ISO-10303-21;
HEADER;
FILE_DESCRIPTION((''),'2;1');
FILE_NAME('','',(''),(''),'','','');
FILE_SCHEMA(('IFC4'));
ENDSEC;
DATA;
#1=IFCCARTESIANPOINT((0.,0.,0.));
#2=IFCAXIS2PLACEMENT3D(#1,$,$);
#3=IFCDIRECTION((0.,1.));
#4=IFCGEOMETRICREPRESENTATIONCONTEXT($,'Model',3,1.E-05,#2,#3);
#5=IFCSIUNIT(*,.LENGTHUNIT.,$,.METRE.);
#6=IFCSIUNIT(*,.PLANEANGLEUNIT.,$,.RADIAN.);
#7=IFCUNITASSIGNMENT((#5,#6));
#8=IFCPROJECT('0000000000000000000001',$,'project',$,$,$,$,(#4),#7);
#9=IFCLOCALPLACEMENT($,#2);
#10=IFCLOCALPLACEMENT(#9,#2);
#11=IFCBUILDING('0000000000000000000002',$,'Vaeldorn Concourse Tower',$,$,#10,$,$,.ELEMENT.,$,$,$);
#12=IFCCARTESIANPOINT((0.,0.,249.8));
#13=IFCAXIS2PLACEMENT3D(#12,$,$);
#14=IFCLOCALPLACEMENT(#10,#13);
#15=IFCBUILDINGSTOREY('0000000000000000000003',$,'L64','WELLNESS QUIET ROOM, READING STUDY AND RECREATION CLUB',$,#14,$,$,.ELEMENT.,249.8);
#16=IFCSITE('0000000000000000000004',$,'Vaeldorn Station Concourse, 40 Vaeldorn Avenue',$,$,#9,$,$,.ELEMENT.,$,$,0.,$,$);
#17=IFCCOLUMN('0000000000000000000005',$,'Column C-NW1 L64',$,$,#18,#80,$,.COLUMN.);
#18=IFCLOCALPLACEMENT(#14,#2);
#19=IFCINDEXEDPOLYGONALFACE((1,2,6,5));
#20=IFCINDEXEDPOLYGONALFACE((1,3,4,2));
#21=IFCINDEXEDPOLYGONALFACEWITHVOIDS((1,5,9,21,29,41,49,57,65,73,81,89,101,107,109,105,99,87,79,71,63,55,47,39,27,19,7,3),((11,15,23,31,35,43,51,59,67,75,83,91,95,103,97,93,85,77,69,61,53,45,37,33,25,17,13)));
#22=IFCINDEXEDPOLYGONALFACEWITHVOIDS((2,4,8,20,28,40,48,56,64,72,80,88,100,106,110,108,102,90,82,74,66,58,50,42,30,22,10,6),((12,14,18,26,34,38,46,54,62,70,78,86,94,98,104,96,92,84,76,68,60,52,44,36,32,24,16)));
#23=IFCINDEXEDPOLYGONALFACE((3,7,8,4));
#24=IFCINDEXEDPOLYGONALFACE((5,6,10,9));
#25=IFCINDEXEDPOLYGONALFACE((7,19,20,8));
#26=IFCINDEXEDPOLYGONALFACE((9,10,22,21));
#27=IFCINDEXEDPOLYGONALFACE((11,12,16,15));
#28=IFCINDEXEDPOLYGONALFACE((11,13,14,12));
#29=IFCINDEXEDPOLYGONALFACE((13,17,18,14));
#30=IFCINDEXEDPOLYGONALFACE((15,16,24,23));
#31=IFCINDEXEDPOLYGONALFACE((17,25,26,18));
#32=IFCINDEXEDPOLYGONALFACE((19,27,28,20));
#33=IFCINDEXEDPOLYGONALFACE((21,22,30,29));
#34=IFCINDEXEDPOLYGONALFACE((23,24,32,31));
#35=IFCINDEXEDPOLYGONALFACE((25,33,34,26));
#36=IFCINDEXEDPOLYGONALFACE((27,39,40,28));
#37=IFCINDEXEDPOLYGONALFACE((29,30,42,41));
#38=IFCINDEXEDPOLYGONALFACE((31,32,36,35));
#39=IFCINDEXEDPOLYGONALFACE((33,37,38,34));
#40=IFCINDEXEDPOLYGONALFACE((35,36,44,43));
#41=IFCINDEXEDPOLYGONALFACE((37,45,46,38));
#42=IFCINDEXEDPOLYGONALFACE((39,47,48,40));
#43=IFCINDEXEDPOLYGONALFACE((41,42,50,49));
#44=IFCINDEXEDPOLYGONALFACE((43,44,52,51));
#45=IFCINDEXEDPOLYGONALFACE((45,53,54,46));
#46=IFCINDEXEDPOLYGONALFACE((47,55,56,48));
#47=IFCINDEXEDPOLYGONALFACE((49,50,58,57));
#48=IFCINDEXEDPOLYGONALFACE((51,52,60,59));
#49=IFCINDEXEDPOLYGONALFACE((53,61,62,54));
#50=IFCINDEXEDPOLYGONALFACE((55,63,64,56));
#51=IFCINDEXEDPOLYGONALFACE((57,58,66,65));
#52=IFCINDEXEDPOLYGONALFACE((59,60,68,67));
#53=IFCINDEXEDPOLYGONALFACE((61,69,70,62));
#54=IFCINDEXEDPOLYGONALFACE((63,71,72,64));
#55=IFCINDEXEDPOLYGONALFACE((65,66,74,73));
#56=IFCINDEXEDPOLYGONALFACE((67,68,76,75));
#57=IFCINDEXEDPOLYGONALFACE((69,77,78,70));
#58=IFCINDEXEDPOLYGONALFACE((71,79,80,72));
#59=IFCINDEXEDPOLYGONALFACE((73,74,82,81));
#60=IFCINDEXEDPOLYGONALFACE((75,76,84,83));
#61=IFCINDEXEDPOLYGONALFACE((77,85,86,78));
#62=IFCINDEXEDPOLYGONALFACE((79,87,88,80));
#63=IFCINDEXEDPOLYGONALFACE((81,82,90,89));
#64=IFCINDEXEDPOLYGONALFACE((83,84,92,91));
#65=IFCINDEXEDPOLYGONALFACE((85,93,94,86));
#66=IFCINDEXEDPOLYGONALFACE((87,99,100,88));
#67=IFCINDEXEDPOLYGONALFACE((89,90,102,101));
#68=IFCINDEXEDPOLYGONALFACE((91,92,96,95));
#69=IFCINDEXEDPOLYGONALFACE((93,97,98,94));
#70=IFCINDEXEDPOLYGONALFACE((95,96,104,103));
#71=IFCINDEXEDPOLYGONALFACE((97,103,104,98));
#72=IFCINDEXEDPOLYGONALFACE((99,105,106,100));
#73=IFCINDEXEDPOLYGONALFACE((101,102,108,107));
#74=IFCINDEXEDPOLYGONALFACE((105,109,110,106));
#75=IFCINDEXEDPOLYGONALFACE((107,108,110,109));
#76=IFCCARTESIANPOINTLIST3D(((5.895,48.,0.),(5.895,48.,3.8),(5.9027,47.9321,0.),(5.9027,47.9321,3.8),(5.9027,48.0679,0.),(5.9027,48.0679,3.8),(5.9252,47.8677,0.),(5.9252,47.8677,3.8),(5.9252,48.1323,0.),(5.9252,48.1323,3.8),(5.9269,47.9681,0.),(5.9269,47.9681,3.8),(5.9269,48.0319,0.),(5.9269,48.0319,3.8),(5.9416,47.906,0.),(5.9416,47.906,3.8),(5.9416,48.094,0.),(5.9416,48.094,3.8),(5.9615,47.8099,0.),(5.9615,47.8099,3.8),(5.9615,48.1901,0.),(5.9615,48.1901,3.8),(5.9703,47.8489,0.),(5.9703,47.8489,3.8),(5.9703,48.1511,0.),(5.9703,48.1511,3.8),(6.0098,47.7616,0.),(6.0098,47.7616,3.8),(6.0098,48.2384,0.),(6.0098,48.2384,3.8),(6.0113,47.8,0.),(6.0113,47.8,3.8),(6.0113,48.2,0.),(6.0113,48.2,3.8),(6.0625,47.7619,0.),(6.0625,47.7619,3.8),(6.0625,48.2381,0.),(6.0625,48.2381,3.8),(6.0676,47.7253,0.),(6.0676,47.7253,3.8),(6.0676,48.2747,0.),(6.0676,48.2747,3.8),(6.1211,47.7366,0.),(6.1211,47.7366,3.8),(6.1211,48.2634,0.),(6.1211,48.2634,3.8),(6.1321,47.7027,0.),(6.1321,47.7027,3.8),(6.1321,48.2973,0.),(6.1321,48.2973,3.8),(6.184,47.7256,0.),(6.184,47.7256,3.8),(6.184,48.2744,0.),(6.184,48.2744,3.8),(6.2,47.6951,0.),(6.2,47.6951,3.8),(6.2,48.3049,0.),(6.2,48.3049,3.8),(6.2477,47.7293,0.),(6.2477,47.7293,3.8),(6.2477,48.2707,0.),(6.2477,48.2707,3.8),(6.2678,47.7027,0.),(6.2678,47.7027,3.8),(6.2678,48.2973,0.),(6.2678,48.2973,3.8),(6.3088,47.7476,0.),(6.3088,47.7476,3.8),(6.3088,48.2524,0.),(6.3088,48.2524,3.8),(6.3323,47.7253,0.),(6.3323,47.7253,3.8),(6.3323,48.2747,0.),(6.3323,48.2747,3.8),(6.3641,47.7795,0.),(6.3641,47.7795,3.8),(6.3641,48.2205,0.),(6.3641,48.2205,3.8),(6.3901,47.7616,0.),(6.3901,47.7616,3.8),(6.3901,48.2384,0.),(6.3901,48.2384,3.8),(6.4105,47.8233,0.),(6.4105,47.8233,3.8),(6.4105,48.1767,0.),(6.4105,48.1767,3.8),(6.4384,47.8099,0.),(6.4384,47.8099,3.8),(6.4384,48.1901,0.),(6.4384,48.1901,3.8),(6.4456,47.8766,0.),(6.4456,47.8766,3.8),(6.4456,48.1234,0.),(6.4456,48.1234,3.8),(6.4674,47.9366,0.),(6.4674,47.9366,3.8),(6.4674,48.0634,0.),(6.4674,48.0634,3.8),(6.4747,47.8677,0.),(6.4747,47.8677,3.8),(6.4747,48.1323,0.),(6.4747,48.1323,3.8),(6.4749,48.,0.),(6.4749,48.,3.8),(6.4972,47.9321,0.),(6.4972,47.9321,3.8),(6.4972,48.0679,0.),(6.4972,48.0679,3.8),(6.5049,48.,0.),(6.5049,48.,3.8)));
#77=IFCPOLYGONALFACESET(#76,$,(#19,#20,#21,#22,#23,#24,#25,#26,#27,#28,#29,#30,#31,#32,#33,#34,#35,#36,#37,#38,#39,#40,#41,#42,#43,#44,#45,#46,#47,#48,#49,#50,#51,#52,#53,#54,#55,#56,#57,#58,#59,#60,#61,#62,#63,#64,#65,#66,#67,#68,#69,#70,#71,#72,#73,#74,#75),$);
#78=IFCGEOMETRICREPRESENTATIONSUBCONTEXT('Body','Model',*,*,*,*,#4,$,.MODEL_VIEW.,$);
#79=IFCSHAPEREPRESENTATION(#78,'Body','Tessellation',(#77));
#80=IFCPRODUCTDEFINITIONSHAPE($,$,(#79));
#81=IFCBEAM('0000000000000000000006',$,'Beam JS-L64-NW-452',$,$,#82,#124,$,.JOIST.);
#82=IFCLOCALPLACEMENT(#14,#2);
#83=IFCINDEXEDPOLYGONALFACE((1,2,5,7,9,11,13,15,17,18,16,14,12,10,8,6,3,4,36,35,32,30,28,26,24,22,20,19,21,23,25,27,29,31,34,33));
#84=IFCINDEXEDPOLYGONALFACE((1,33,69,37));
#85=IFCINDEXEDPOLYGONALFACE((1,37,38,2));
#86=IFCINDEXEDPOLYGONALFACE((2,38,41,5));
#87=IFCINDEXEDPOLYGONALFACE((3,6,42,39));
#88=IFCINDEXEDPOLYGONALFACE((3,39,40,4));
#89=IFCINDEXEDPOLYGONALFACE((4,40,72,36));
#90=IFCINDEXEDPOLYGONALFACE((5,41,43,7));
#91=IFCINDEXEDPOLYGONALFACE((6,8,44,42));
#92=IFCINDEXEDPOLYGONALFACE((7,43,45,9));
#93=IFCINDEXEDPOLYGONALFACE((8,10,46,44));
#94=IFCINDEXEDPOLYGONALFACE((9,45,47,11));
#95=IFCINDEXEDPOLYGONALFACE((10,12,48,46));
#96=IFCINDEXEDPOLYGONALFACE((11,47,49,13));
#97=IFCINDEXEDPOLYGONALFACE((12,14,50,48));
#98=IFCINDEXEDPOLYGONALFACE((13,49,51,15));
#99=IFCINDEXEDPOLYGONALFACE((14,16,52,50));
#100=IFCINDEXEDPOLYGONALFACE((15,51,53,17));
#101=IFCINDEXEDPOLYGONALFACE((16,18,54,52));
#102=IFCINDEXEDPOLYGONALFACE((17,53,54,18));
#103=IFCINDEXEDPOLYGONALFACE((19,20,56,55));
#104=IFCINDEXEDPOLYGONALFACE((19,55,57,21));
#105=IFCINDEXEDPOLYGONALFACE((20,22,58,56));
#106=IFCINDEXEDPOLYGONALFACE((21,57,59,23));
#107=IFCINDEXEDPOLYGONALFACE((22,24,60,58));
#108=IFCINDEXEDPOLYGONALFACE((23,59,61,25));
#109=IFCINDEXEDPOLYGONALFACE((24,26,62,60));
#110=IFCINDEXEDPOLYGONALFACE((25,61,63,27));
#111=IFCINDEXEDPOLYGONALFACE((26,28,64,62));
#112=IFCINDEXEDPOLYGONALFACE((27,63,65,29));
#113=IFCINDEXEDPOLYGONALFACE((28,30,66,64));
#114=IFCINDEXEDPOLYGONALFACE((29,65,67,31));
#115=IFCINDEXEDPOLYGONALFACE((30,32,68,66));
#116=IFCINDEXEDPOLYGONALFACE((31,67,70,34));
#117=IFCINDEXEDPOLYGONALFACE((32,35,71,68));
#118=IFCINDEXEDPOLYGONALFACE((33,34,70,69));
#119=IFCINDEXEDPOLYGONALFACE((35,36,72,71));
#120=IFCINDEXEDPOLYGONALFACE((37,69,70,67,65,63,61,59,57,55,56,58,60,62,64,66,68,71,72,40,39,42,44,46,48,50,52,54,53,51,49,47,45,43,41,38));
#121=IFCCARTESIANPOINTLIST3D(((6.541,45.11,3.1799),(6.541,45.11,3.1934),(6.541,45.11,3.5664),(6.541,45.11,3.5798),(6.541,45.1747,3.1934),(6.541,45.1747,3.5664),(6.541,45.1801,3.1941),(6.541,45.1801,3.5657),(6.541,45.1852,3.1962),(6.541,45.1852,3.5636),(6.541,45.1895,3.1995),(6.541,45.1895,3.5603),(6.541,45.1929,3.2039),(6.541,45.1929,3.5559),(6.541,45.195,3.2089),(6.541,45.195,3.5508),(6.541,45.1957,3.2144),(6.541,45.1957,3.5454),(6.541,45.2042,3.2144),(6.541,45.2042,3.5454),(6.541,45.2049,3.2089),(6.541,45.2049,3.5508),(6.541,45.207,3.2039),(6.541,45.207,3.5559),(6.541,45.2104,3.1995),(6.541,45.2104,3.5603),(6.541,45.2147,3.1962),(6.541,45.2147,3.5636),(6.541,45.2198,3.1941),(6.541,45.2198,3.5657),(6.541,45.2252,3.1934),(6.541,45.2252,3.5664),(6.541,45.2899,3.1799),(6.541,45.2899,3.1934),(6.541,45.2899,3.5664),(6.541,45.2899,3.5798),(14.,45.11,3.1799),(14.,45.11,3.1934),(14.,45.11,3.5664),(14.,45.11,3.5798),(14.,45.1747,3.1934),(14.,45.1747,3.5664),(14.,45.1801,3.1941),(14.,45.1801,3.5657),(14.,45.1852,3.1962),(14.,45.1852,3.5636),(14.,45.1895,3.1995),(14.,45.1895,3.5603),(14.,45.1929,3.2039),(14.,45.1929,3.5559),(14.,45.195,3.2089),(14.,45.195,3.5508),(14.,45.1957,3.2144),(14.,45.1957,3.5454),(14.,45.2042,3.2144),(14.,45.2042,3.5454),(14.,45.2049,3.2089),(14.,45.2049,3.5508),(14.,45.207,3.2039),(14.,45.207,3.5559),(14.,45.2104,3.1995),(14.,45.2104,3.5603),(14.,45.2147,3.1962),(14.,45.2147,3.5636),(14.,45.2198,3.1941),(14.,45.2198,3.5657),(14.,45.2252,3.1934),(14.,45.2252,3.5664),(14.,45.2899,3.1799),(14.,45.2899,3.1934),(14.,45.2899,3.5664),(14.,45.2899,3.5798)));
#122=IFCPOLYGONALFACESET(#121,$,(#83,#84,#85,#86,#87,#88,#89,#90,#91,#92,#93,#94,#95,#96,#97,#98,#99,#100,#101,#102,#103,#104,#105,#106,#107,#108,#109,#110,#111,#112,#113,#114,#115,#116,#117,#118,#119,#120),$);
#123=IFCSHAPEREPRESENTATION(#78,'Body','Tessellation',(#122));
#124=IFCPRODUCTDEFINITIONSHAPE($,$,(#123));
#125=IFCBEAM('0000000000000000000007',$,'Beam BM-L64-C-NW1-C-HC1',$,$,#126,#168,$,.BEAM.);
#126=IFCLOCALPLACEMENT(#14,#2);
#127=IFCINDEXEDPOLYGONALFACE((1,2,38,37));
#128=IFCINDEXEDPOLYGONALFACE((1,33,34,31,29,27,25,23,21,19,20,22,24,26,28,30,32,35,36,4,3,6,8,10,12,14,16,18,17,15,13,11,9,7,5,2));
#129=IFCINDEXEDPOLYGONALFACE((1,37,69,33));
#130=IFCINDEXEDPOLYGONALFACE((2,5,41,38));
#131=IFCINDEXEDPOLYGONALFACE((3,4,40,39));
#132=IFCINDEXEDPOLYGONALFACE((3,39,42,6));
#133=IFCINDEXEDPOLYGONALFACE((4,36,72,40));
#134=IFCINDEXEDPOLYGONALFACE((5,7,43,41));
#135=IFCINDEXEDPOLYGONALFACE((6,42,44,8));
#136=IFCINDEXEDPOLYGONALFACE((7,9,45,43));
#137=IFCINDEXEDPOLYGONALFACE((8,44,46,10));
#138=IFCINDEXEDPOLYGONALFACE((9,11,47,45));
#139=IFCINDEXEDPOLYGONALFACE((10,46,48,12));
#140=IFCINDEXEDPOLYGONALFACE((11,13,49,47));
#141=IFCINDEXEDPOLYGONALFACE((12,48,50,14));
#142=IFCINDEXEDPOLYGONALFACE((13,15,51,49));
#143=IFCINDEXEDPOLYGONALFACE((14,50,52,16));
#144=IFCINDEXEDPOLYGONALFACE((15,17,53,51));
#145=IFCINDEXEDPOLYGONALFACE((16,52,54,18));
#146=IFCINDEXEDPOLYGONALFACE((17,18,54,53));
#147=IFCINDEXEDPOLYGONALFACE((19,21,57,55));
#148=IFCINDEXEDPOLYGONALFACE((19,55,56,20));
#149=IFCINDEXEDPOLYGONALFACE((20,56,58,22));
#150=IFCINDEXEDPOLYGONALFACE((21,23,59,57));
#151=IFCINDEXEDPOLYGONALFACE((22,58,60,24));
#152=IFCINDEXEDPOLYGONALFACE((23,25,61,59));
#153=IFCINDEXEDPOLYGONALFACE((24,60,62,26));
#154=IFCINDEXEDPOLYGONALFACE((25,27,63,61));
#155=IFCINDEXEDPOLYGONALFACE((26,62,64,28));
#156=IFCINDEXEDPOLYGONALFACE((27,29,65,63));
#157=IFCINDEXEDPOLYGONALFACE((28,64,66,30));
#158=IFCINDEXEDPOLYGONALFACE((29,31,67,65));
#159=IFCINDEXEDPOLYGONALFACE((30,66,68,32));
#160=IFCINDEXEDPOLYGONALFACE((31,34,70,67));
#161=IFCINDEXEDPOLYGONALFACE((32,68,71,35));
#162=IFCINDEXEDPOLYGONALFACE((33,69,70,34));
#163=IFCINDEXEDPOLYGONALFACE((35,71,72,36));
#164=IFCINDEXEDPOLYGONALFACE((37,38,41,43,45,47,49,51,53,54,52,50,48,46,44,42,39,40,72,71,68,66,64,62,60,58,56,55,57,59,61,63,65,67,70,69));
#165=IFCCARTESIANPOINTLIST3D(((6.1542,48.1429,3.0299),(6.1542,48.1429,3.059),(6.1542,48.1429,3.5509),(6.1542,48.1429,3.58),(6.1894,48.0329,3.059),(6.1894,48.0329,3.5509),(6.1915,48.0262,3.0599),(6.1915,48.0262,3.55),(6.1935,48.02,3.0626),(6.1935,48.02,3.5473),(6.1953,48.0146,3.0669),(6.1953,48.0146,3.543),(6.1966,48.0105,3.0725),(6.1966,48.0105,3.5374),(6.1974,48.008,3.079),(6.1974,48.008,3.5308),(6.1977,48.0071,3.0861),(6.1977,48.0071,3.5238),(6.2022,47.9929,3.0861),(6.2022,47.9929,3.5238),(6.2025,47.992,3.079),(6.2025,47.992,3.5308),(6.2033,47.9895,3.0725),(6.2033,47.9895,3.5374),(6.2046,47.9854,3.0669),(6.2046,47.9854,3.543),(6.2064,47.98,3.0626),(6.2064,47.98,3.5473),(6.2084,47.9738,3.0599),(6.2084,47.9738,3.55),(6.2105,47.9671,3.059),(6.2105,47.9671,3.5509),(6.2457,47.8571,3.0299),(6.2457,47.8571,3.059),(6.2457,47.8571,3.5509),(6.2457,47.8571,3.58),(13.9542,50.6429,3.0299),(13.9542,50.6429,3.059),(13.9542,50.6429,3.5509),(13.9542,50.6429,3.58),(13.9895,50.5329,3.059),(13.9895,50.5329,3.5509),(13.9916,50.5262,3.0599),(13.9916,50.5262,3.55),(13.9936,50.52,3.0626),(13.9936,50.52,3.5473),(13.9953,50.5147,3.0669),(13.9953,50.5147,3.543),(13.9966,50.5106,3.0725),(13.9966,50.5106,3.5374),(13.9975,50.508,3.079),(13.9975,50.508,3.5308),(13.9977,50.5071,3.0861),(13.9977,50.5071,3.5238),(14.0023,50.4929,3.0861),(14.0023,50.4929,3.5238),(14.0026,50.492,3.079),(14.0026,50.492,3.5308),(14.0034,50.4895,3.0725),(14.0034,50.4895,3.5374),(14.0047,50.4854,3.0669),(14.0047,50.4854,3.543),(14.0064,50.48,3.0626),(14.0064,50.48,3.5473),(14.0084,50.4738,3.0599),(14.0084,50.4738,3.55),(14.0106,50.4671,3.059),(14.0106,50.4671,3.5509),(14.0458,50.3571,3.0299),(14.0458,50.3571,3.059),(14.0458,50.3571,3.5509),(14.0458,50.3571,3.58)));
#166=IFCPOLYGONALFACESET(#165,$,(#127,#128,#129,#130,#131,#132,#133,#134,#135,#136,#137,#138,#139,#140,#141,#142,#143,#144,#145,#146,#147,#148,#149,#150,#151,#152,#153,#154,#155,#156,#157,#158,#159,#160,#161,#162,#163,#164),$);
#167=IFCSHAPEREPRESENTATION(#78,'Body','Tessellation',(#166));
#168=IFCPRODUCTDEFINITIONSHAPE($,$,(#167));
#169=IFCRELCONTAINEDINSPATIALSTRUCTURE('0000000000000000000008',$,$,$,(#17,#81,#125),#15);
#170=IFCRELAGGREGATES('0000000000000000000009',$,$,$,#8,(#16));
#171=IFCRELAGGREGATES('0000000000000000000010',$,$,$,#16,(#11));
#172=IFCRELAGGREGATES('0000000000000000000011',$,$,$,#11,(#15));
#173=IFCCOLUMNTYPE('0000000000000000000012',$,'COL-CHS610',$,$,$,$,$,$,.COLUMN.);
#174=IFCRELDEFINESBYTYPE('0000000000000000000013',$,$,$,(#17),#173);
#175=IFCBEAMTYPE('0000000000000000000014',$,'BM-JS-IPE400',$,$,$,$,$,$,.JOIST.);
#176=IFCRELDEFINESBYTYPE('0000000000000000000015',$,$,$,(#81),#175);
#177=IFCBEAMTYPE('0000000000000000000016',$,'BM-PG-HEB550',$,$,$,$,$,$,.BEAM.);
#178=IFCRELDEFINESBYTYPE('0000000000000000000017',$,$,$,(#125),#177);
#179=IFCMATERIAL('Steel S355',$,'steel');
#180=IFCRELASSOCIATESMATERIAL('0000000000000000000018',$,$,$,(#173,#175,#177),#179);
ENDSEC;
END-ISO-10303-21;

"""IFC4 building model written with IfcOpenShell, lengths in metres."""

from ifc_helpers import new_model, si_unit, direction, frame, origin, origin_2d, place, context, subcontext, project, spatial, hollow_circle, i_section, extrude, source, transform, mapped, material, material_profile, profile_set, type_object, element, save


model = new_model("IFC4")

# Units and contexts
model_context = context("Model", 3, precision=1e-05, world=origin(), true_north=direction((0.0, 1.0)))
body_context = subcontext(model_context, "Body", "Model", "MODEL_VIEW")
ifc_project = project(units=[si_unit("LENGTHUNIT", "METRE"), si_unit("PLANEANGLEUNIT", "RADIAN")], contexts=[model_context])

# Site, building, storey
site_placement = place(None, origin())
site = spatial("IfcSite", under=ifc_project, at=site_placement, Name="Vaeldorn Station Concourse, 40 Vaeldorn Avenue", CompositionType="ELEMENT", RefElevation=0.0)
building_placement = place(site_placement, origin())
building = spatial("IfcBuilding", under=site, at=building_placement, Name="Vaeldorn Concourse Tower", CompositionType="ELEMENT")
storey_placement = place(building_placement, frame((0.0, 0.0, 249.8)))
storey = spatial("IfcBuildingStorey", under=building, at=storey_placement, Name="L64", Description="WELLNESS QUIET ROOM, READING STUDY AND RECREATION CLUB", CompositionType="ELEMENT", Elevation=249.8)

# Column
ifc_material_1 = material(Name="Steel S355", Category="steel")
ifc_material_profile_1 = material_profile(ifc_material_1, hollow_circle(Radius=0.3049, WallThickness=0.03, at=origin_2d()), Name="CHS 610x30")
ifc_profile_set_1 = profile_set([ifc_material_profile_1], Name="Steel S355")
column_type = type_object("IfcColumnType", Name="COL-CHS610", PredefinedType="COLUMN", material=ifc_profile_set_1)
shared_shape_1 = source(origin(), body_context, "Body", "SweptSolid", [
    extrude(hollow_circle(Radius=0.3049, WallThickness=0.03, at=origin_2d()), origin(), (0.0, 0.0, 1.0), 3.8),
])
column_placement = place(storey_placement, frame((6.2, 48.0, 0.0), z_axis=(0.0, 0.0, 1.0), x_axis=(1.0, 0.0, 0.0)))
element("IfcColumn", 1, at=column_placement, inside=storey, type_object=column_type, Name="Column C-NW1 L64", PredefinedType="COLUMN", context=body_context, shape_type="MappedRepresentation", body=[
    mapped(shared_shape_1, transform((0.0, 0.0, 0.0), scale=1.0)),
])

# Beams
ifc_material_profile_2 = material_profile(ifc_material_1, i_section(OverallWidth=0.1799, OverallDepth=0.3999, WebThickness=0.0085, FlangeThickness=0.0134, FilletRadius=0.021, at=origin_2d()), Name="IPE 400")
ifc_profile_set_2 = profile_set([ifc_material_profile_2], Name="Steel S355")
beam_type_1 = type_object("IfcBeamType", Name="BM-JS-IPE400", PredefinedType="JOIST", material=ifc_profile_set_2)
shared_shape_2 = source(origin(), body_context, "Body", "SweptSolid", [
    extrude(i_section(OverallWidth=0.1799, OverallDepth=0.3999, WebThickness=0.0085, FlangeThickness=0.0134, FilletRadius=0.021, at=origin_2d()), origin(), (0.0, 0.0, 1.0), 7.459),
])
beam_1_placement = place(storey_placement, frame((6.541, 45.2, 3.3799), z_axis=(1.0, 0.0, 0.0), x_axis=(0.0, 1.0, 0.0)))
element("IfcBeam", 2, at=beam_1_placement, inside=storey, type_object=beam_type_1, Name="Beam JS-L64-NW-452", PredefinedType="JOIST", context=body_context, shape_type="MappedRepresentation", body=[
    mapped(shared_shape_2, transform((0.0, 0.0, 0.0), scale=1.0)),
])
ifc_material_profile_3 = material_profile(ifc_material_1, i_section(OverallWidth=0.3, OverallDepth=0.55, WebThickness=0.0149, FlangeThickness=0.0291, FilletRadius=0.0271, at=origin_2d()), Name="HEB 550")
ifc_profile_set_3 = profile_set([ifc_material_profile_3], Name="Steel S355")
beam_type_2 = type_object("IfcBeamType", Name="BM-PG-HEB550", PredefinedType="BEAM", material=ifc_profile_set_3)
shared_shape_3 = source(origin(), body_context, "Body", "SweptSolid", [
    extrude(i_section(OverallWidth=0.3, OverallDepth=0.55, WebThickness=0.0149, FlangeThickness=0.0291, FilletRadius=0.0271, at=origin_2d()), origin(), (0.0, 0.0, 1.0), 8.1909),
])
beam_2_placement = place(storey_placement, frame((6.2, 48.0, 3.3049), z_axis=(0.952283, 0.305217, 0.0), x_axis=(-0.305217, 0.952283, 0.0)))
element("IfcBeam", 3, at=beam_2_placement, inside=storey, type_object=beam_type_2, Name="Beam BM-L64-C-NW1-C-HC1", PredefinedType="BEAM", context=body_context, shape_type="MappedRepresentation", body=[
    mapped(shared_shape_3, transform((0.0, 0.0, 0.0), scale=1.0)),
])

save(model, "model.ifc")
